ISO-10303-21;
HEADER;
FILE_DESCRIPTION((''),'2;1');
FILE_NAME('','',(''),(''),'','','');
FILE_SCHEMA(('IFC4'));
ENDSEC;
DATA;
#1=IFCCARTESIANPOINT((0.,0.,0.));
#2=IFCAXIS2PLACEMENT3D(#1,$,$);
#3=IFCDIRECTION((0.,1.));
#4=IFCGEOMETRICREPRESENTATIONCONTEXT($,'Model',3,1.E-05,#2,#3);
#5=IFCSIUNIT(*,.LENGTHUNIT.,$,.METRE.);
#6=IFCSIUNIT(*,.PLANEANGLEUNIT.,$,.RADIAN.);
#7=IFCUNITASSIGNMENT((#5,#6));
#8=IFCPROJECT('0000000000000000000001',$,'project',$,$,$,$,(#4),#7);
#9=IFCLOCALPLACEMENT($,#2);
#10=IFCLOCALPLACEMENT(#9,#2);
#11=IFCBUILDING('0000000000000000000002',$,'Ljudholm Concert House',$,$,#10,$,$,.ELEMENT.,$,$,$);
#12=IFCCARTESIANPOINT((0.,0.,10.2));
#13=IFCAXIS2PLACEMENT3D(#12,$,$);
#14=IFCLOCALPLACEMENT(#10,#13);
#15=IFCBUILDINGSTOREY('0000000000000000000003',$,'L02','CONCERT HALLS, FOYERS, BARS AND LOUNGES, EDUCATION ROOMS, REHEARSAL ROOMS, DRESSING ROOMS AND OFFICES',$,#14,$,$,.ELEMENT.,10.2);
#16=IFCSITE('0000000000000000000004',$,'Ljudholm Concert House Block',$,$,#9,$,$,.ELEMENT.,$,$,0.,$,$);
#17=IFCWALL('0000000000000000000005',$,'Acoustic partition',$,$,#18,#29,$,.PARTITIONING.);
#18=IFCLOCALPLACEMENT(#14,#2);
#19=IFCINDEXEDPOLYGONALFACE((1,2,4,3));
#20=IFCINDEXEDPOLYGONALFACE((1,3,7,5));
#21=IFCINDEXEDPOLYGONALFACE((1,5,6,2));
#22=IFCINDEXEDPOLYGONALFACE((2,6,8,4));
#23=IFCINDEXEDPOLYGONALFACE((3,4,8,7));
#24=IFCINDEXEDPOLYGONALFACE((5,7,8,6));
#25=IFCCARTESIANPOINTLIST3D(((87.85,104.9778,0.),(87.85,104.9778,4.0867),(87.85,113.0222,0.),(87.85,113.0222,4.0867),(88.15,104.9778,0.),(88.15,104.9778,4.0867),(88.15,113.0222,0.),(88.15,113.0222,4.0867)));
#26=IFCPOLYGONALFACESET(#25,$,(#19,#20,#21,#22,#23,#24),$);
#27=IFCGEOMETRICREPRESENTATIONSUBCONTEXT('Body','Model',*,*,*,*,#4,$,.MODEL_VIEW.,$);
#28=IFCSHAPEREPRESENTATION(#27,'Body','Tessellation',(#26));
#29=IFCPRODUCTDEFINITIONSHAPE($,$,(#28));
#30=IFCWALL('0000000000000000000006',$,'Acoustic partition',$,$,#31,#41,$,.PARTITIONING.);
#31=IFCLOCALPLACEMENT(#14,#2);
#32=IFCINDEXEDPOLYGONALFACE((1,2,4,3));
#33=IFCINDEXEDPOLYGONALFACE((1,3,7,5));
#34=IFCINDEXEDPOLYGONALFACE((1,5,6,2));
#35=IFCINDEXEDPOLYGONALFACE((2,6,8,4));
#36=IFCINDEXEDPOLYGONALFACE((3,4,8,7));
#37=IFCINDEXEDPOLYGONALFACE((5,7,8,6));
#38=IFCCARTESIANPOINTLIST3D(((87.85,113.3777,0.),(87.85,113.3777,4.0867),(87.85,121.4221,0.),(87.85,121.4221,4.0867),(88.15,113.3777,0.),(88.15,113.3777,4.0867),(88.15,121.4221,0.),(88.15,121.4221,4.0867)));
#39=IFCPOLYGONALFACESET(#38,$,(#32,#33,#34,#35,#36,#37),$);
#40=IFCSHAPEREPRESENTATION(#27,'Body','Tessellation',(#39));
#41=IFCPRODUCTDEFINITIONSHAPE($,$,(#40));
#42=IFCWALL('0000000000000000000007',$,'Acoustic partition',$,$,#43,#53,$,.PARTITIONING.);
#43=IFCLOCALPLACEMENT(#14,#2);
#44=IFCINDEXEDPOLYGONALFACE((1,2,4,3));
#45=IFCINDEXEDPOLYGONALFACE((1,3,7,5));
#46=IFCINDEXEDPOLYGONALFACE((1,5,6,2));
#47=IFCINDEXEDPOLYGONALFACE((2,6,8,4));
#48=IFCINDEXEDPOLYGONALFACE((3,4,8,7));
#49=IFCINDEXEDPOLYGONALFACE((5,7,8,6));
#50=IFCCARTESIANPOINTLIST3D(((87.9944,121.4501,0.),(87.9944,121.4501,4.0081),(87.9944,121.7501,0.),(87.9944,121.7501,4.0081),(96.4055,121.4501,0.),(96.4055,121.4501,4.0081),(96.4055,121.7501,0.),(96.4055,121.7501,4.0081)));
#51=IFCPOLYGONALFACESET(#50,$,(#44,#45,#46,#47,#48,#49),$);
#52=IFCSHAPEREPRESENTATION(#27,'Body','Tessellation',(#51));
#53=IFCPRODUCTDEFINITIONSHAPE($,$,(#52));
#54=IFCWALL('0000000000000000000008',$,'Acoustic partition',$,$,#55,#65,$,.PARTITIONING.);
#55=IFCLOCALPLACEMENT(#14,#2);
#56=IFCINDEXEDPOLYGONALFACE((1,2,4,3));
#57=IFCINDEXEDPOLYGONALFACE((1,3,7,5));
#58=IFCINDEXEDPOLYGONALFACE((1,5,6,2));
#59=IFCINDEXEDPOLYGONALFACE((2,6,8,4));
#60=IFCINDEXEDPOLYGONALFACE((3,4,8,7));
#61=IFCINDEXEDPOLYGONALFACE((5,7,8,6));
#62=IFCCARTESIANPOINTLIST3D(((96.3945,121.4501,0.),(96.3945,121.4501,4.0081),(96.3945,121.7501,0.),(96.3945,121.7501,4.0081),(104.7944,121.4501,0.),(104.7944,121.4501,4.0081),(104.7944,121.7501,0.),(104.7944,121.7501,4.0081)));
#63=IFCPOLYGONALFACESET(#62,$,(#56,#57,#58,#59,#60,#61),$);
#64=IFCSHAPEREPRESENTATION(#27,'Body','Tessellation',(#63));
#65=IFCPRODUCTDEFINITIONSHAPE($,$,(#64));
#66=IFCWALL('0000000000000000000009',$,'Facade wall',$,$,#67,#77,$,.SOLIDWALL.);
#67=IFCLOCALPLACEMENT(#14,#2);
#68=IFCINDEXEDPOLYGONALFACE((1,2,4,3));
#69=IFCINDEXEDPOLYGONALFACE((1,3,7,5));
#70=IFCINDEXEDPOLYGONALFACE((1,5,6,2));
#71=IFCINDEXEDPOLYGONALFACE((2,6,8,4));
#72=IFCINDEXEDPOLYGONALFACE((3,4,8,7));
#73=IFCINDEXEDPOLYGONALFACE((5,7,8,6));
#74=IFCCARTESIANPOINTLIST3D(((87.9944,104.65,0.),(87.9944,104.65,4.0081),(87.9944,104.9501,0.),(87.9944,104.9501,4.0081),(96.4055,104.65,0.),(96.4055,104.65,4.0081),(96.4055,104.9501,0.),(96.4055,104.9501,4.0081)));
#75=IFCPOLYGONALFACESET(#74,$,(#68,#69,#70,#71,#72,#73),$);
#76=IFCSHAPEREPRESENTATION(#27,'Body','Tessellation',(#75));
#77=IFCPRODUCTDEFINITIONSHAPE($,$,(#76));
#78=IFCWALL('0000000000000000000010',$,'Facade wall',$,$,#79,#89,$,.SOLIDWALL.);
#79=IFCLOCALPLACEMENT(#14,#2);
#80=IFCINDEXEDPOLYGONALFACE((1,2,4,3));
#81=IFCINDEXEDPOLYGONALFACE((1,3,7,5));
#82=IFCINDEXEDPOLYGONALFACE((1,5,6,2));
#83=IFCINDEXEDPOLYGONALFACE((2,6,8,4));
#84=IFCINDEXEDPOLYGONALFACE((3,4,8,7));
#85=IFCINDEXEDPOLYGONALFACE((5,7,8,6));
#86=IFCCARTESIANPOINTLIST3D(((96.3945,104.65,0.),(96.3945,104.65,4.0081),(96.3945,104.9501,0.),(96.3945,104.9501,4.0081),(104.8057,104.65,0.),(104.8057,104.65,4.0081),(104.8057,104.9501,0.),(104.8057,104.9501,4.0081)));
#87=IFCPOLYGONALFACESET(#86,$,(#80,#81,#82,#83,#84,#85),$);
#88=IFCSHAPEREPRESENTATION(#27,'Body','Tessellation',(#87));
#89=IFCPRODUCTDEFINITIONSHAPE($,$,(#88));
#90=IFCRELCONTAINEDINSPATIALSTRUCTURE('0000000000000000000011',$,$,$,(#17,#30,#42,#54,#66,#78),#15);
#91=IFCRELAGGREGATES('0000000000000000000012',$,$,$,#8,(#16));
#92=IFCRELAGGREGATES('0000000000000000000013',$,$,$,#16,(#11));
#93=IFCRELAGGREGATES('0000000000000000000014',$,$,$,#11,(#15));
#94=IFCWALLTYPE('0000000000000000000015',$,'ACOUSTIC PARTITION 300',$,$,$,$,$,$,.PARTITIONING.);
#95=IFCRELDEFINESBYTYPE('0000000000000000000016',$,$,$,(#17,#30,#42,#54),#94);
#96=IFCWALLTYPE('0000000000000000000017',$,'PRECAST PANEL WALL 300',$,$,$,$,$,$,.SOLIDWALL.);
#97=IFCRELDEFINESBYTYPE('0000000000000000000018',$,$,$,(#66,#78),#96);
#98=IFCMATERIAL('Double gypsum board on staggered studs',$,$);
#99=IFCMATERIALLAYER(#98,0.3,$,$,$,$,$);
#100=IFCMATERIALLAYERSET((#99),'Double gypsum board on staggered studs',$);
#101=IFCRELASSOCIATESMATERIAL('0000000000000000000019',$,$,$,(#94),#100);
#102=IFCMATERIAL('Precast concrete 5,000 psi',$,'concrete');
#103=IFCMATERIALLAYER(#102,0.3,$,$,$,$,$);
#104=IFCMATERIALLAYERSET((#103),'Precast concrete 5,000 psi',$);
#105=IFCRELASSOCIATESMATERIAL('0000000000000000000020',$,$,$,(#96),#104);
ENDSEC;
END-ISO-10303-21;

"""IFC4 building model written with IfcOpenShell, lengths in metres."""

from ifc_helpers import new_model, si_unit, direction, frame, frame_2d, origin, place, context, subcontext, project, spatial, rectangle, extrude, material, layer, layer_set, type_object, element, save


model = new_model("IFC4")

# Units and contexts
model_context = context("Model", 3, precision=1e-05, world=origin(), true_north=direction((0.0, 1.0)))
body_context = subcontext(model_context, "Body", "Model", "MODEL_VIEW")
ifc_project = project(units=[si_unit("LENGTHUNIT", "METRE"), si_unit("PLANEANGLEUNIT", "RADIAN")], contexts=[model_context])

# Site, building, storey
site_placement = place(None, origin())
site = spatial("IfcSite", under=ifc_project, at=site_placement, Name="Ljudholm Concert House Block", CompositionType="ELEMENT", RefElevation=0.0)
building_placement = place(site_placement, origin())
building = spatial("IfcBuilding", under=site, at=building_placement, Name="Ljudholm Concert House", CompositionType="ELEMENT")
storey_placement = place(building_placement, frame((0.0, 0.0, 10.2)))
storey = spatial("IfcBuildingStorey", under=building, at=storey_placement, Name="L02", Description="CONCERT HALLS, FOYERS, BARS AND LOUNGES, EDUCATION ROOMS, REHEARSAL ROOMS, DRESSING ROOMS AND OFFICES", CompositionType="ELEMENT", Elevation=10.2)

# Walls
ifc_material_1 = material(Name="Double gypsum board on staggered studs")
ifc_layer_1 = layer(ifc_material_1, 0.3)
ifc_layer_set_1 = layer_set([ifc_layer_1], Name="Double gypsum board on staggered studs")
wall_type_1 = type_object("IfcWallType", Name="ACOUSTIC PARTITION 300", PredefinedType="PARTITIONING", material=ifc_layer_set_1)
for number, where, z_axis, x_axis, name in (
    (1, (88.0, 104.9778, 0.0), (0.0, 0.0, 1.0), (0.0, 1.0, 0.0), "Acoustic partition"),
    (2, (88.0, 113.3777, 0.0), (0.0, 0.0, 1.0), (0.0, 1.0, 0.0), "Acoustic partition"),
):
    element("IfcWall", number, at=place(storey_placement, frame(where, z_axis=z_axis, x_axis=x_axis)), inside=storey, type_object=wall_type_1, Name=name, PredefinedType="PARTITIONING", context=body_context, shape_type="SweptSolid", body=[
        extrude(rectangle(XDim=8.0444, YDim=0.3, at=frame_2d((4.0222, 0.0))), origin(), (0.0, 0.0, 1.0), 4.0867),
    ])
wall_1_placement = place(storey_placement, frame((87.9944, 121.6001, 0.0), z_axis=(0.0, 0.0, 1.0), x_axis=(1.0, 0.0, 0.0)))
element("IfcWall", 3, at=wall_1_placement, inside=storey, type_object=wall_type_1, Name="Acoustic partition", PredefinedType="PARTITIONING", context=body_context, shape_type="SweptSolid", body=[
    extrude(rectangle(XDim=8.4111, YDim=0.3, at=frame_2d((4.2056, 0.0))), origin(), (0.0, 0.0, 1.0), 4.0081),
])
wall_2_placement = place(storey_placement, frame((96.3945, 121.6001, 0.0), z_axis=(0.0, 0.0, 1.0), x_axis=(1.0, 0.0, 0.0)))
element("IfcWall", 4, at=wall_2_placement, inside=storey, type_object=wall_type_1, Name="Acoustic partition", PredefinedType="PARTITIONING", context=body_context, shape_type="SweptSolid", body=[
    extrude(rectangle(XDim=8.3999, YDim=0.3, at=frame_2d((4.2, 0.0))), origin(), (0.0, 0.0, 1.0), 4.0081),
])
ifc_material_2 = material(Name="Precast concrete 5,000 psi", Category="concrete")
ifc_layer_2 = layer(ifc_material_2, 0.3)
ifc_layer_set_2 = layer_set([ifc_layer_2], Name="Precast concrete 5,000 psi")
wall_type_2 = type_object("IfcWallType", Name="PRECAST PANEL WALL 300", PredefinedType="SOLIDWALL", material=ifc_layer_set_2)
for number, where, z_axis, x_axis, name in (
    (5, (87.9944, 104.8, 0.0), (0.0, 0.0, 1.0), (1.0, 0.0, 0.0), "Facade wall"),
    (6, (96.3945, 104.8, 0.0), (0.0, 0.0, 1.0), (1.0, 0.0, 0.0), "Facade wall"),
):
    element("IfcWall", number, at=place(storey_placement, frame(where, z_axis=z_axis, x_axis=x_axis)), inside=storey, type_object=wall_type_2, Name=name, PredefinedType="SOLIDWALL", context=body_context, shape_type="SweptSolid", body=[
        extrude(rectangle(XDim=8.4111, YDim=0.3, at=frame_2d((4.2056, 0.0))), origin(), (0.0, 0.0, 1.0), 4.0081),
    ])

save(model, "model.ifc")
